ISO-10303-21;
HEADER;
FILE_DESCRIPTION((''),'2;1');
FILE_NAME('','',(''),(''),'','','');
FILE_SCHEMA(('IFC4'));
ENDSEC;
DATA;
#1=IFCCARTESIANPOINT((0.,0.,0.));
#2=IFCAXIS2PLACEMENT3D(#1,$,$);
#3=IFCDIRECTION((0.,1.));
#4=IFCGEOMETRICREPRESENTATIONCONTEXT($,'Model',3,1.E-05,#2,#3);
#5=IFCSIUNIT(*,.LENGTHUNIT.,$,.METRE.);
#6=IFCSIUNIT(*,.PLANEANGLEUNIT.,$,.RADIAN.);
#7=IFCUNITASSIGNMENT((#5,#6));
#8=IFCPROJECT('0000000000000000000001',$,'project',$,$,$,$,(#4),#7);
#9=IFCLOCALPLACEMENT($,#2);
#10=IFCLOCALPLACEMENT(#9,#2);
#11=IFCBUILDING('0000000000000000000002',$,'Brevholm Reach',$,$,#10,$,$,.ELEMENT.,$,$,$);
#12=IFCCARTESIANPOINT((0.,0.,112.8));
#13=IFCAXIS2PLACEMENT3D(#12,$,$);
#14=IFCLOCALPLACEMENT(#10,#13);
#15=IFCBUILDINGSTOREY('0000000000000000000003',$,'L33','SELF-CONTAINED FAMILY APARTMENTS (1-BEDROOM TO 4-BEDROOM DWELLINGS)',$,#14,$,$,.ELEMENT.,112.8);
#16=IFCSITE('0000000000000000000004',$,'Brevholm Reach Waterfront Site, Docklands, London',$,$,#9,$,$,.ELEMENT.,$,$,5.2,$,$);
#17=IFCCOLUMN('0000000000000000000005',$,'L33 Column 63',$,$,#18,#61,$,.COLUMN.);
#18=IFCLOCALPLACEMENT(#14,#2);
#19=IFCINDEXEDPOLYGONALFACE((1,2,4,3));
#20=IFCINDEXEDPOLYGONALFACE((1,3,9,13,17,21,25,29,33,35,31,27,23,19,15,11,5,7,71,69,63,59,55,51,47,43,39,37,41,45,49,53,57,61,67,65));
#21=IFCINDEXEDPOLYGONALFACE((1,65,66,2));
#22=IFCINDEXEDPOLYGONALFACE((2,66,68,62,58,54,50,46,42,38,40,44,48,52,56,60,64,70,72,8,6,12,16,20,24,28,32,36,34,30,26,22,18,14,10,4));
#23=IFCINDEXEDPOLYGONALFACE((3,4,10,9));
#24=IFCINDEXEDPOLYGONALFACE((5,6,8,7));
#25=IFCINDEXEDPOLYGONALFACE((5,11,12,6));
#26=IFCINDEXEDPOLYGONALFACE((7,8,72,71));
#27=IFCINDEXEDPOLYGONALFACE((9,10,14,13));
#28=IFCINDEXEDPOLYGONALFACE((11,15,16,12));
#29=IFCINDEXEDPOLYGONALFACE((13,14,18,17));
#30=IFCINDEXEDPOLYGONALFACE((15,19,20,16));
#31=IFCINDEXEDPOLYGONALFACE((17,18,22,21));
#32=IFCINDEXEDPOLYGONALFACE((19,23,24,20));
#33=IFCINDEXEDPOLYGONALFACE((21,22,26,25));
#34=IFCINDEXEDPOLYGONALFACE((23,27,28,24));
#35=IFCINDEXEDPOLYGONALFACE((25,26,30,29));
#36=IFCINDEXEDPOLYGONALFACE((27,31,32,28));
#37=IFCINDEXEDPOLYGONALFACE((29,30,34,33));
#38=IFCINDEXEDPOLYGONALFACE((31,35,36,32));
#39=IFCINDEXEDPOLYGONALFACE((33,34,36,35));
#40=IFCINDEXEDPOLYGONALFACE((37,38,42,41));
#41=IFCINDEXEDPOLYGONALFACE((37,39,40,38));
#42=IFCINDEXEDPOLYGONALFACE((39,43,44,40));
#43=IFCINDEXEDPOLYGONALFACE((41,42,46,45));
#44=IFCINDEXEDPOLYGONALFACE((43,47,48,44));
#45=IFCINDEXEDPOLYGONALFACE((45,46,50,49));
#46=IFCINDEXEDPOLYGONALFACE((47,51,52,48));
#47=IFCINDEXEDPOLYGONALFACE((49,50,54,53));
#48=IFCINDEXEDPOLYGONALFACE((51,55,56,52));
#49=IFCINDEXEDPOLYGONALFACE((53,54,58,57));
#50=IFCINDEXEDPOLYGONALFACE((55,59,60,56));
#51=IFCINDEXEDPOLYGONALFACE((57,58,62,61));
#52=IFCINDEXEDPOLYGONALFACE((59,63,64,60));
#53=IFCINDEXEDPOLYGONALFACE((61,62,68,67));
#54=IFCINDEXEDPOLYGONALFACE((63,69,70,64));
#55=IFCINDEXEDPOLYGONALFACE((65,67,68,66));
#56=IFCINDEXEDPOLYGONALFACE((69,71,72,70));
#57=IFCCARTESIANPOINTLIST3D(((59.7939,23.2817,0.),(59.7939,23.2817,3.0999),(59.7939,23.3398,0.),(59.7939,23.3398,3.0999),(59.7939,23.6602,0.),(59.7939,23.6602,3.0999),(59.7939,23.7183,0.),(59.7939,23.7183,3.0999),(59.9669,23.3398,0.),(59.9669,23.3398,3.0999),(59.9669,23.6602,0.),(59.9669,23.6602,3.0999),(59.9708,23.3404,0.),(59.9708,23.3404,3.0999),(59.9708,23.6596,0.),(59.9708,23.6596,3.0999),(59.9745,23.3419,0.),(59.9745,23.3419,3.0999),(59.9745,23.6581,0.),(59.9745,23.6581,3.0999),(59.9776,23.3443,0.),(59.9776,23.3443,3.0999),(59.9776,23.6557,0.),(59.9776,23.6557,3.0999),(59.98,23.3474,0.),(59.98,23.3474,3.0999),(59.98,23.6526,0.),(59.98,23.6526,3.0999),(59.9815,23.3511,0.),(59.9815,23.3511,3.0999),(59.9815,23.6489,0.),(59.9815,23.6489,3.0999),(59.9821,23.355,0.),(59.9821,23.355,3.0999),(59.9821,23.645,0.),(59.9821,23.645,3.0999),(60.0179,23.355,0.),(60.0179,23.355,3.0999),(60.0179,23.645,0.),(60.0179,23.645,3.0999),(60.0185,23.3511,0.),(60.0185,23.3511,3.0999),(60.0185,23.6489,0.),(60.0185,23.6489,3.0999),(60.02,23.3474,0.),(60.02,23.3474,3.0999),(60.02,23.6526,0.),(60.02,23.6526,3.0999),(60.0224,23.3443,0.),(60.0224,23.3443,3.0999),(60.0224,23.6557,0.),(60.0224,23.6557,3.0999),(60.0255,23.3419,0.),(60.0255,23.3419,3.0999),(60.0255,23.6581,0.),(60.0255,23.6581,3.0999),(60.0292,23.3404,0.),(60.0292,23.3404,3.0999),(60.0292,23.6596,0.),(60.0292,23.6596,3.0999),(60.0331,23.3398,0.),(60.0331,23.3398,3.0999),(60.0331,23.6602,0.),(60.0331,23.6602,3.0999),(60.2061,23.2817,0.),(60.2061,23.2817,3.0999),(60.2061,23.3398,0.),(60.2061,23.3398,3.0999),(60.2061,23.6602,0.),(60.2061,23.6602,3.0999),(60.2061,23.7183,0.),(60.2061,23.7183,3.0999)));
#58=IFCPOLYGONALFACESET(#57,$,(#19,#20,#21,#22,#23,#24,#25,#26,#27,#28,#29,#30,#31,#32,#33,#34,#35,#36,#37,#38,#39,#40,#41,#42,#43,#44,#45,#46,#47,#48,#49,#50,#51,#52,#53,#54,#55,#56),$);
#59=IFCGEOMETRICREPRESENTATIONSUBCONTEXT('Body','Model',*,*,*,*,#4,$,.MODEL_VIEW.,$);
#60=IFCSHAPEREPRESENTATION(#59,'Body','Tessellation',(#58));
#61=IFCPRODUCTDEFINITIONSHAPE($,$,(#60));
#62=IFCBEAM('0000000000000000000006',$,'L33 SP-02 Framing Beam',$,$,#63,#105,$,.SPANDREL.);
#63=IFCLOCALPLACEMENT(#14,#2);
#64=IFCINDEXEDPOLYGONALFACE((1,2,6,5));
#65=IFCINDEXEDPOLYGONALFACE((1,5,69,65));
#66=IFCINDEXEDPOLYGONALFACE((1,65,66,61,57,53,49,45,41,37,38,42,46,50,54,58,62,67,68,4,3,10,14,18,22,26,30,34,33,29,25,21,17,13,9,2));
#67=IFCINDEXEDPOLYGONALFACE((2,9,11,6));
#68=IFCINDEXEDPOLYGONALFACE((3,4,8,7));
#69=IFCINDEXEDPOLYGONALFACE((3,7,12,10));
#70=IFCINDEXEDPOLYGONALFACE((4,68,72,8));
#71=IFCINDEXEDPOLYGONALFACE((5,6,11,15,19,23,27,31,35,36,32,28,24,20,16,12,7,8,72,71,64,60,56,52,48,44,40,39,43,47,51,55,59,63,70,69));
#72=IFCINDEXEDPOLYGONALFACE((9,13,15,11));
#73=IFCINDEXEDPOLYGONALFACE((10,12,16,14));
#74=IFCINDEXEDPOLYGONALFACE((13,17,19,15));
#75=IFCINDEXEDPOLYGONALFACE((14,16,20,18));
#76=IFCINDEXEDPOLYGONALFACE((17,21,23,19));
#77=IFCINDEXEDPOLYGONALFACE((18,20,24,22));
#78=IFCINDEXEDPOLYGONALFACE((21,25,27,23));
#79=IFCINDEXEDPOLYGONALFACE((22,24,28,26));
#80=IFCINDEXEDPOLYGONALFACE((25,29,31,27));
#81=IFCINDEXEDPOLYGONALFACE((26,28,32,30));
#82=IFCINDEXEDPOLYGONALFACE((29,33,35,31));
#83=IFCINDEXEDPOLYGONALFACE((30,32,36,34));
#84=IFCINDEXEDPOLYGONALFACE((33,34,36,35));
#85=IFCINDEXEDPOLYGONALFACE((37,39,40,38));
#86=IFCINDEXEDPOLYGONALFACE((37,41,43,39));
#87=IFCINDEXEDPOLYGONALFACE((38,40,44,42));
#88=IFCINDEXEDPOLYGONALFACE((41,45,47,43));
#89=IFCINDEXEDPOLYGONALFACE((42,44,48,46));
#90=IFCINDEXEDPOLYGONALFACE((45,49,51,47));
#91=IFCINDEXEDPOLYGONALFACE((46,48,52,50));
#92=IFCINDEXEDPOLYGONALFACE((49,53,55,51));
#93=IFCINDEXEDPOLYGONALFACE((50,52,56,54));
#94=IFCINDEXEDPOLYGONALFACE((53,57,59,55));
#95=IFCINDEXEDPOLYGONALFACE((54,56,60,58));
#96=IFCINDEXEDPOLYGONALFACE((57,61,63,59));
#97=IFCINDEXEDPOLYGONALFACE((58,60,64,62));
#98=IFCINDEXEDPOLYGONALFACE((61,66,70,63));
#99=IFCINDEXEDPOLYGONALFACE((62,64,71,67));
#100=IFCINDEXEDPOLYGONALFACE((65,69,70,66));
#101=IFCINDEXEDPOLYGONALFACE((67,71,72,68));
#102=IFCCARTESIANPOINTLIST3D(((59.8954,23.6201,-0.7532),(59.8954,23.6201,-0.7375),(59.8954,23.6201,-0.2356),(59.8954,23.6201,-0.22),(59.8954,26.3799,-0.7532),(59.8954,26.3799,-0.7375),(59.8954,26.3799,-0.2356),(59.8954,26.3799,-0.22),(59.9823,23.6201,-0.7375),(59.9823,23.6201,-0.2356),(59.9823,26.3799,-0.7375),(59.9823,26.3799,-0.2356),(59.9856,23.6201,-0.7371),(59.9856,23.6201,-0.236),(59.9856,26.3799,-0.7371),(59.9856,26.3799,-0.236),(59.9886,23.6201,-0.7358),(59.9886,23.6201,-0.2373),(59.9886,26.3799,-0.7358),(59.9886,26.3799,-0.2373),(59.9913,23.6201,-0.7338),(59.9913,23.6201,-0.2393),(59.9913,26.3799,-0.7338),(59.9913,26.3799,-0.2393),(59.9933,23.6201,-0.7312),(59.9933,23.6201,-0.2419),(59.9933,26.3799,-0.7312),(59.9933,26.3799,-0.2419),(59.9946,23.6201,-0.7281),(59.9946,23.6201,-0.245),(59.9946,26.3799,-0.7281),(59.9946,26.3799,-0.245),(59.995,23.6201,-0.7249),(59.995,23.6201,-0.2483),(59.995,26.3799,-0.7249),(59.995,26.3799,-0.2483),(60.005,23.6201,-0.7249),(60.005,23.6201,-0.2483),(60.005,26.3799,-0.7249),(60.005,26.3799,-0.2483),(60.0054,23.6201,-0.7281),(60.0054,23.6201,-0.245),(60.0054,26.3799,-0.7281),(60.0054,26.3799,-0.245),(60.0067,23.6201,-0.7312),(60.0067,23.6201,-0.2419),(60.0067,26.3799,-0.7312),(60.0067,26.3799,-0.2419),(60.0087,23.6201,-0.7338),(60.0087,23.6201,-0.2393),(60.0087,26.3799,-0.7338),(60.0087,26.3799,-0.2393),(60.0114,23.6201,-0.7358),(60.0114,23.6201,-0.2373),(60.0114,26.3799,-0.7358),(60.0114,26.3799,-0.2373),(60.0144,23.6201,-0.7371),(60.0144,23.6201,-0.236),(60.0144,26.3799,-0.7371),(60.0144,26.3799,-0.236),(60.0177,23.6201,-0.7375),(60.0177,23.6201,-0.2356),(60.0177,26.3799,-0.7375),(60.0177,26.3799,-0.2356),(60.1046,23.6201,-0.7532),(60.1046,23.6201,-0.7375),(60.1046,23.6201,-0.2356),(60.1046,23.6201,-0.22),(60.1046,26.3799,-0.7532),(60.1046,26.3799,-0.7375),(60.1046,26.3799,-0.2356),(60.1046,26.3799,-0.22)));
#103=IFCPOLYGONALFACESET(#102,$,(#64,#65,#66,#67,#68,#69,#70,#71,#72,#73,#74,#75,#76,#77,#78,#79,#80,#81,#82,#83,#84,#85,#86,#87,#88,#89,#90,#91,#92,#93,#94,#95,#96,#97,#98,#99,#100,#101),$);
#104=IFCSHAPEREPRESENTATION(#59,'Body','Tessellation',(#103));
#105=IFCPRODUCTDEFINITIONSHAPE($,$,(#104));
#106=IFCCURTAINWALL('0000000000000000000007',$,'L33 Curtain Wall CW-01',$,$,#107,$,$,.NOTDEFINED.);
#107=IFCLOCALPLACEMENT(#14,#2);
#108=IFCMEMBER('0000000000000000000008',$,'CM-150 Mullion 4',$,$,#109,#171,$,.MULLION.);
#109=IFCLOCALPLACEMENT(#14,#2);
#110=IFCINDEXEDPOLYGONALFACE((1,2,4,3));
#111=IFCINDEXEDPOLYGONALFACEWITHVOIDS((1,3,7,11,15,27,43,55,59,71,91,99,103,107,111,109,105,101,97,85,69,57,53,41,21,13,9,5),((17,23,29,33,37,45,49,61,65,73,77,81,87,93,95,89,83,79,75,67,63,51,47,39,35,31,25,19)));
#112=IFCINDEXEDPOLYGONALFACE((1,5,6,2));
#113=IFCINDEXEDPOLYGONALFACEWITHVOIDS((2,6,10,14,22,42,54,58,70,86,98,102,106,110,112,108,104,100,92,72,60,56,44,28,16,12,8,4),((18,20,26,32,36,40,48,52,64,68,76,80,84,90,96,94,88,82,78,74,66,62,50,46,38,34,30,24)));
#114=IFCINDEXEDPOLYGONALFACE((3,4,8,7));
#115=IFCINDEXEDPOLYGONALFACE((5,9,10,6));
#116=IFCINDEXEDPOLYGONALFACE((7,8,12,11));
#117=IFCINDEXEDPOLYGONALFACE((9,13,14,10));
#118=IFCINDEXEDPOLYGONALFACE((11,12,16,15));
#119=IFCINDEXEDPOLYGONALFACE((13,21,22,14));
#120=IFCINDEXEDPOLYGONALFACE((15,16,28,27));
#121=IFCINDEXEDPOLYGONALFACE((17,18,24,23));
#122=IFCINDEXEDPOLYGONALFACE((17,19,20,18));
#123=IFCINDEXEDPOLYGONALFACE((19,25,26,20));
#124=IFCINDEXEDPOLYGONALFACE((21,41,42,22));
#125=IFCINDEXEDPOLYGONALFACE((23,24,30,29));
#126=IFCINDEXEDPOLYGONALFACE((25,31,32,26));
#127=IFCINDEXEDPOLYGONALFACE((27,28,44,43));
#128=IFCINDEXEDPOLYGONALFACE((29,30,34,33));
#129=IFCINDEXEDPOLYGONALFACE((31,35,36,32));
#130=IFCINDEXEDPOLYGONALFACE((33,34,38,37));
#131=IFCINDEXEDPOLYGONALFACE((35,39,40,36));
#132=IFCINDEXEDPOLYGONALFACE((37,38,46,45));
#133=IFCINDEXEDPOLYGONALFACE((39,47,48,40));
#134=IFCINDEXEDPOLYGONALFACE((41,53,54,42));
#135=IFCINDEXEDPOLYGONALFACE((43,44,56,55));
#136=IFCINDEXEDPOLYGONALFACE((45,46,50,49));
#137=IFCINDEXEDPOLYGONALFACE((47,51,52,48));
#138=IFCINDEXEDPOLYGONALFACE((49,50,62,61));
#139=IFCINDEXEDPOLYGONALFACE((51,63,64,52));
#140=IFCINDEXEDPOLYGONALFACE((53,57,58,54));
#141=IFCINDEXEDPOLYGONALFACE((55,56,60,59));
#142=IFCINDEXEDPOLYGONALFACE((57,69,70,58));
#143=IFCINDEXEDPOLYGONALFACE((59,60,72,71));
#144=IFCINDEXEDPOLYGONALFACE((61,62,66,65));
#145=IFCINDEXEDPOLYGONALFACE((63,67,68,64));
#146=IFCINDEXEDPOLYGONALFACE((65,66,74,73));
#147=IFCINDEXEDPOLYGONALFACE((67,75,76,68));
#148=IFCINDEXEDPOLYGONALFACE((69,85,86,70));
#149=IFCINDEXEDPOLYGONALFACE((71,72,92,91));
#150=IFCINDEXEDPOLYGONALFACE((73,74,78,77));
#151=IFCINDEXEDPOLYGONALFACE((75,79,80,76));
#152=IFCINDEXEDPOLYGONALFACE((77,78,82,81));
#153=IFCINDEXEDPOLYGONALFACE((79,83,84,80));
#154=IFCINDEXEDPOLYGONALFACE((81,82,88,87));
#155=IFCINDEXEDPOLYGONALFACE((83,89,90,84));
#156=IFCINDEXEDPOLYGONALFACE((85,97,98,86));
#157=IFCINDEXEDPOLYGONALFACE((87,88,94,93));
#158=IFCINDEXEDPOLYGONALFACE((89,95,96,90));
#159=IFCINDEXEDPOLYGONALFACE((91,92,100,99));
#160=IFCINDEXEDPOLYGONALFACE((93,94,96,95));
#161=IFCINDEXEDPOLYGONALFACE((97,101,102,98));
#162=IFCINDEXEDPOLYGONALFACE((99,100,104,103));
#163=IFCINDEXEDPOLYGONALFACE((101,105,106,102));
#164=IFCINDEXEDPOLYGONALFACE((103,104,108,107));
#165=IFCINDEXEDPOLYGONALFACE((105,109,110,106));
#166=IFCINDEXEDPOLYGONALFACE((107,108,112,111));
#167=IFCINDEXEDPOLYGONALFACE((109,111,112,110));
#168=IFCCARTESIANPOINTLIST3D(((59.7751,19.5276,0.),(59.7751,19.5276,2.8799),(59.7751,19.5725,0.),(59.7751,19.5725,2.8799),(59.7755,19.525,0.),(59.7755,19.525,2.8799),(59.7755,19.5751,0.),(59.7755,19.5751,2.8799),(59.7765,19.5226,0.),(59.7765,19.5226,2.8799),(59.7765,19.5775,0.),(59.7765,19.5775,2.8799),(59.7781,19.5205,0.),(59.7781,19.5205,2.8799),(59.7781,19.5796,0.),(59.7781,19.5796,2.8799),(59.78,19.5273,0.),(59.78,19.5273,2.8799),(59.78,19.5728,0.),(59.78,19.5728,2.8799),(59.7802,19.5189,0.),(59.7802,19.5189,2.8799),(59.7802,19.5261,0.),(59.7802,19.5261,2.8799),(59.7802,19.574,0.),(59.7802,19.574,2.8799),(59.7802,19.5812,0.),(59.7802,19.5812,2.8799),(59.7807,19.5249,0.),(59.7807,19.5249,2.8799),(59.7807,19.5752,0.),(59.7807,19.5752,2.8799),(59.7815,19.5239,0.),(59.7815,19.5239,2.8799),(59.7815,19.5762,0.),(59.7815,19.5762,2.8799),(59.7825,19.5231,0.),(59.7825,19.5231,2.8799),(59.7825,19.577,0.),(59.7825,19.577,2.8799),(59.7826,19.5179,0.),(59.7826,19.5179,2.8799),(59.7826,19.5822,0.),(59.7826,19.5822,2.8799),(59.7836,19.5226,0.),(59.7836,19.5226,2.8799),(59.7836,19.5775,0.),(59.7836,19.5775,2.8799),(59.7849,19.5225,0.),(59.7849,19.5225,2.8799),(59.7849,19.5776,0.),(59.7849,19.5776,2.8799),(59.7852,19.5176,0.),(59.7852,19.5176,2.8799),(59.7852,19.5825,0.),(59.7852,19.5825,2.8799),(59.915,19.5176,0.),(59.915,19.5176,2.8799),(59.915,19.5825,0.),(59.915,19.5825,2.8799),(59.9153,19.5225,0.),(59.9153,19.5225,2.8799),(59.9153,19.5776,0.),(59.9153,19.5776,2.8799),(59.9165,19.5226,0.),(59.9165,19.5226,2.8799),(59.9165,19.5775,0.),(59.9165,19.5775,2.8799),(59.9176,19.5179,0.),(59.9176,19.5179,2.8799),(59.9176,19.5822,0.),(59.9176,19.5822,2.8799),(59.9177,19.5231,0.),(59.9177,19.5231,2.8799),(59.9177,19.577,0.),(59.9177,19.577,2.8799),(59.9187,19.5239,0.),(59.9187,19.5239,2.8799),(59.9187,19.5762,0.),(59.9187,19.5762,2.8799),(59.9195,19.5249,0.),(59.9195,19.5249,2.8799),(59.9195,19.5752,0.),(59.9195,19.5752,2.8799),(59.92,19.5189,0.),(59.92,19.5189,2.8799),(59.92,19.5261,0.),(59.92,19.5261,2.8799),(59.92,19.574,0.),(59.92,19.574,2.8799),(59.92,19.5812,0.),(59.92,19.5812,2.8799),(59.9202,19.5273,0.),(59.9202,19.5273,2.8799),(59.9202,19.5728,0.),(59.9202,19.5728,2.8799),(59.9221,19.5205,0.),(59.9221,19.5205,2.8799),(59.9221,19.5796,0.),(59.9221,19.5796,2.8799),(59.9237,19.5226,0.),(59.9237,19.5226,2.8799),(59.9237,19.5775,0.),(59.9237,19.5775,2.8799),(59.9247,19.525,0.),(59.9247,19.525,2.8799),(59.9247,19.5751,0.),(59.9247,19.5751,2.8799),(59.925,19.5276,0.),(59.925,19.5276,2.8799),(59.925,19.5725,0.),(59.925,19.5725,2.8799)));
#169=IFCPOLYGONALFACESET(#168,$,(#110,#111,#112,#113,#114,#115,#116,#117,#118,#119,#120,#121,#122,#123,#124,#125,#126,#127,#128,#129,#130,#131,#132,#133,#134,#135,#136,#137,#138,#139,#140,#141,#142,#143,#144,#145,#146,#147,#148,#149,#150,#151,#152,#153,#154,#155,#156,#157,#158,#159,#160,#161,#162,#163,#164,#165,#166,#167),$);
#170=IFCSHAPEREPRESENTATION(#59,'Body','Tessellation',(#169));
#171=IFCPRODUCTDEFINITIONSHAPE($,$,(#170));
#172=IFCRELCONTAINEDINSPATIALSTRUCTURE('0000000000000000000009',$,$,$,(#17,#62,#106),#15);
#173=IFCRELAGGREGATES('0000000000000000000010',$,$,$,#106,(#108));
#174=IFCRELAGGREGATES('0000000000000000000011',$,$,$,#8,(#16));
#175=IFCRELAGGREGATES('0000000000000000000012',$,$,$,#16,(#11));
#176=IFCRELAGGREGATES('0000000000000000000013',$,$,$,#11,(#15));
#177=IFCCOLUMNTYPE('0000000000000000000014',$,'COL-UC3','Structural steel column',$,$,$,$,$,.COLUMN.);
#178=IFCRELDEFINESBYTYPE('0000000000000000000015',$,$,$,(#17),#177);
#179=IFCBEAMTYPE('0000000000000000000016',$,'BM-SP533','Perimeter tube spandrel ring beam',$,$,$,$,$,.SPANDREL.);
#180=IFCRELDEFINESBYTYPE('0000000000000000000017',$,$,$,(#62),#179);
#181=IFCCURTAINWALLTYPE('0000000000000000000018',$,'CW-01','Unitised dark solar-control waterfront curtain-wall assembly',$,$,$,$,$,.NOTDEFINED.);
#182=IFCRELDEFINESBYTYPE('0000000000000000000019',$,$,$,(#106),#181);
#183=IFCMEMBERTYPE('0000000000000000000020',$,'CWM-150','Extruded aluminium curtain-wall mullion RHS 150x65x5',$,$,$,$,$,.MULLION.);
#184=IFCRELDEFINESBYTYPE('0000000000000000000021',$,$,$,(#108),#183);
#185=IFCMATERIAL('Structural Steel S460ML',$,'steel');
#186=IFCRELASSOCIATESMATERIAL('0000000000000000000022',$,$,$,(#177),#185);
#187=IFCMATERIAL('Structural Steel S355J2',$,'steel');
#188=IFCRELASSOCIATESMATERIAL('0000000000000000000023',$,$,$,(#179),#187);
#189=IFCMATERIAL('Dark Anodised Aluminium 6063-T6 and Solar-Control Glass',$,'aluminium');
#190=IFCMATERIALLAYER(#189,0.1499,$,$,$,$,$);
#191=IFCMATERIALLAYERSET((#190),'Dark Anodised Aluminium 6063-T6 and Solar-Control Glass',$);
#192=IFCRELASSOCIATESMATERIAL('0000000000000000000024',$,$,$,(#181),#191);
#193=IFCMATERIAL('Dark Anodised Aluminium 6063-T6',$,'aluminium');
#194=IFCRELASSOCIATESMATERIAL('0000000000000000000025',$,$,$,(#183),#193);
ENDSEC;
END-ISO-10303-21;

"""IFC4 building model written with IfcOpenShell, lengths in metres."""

from ifc_helpers import new_model, si_unit, direction, frame, origin, origin_2d, place, context, subcontext, project, spatial, hollow_rectangle, i_section, extrude, material, layer, layer_set, material_profile, profile_set, type_object, element, aggregate, save


model = new_model("IFC4")

# Units and contexts
model_context = context("Model", 3, precision=1e-05, world=origin(), true_north=direction((0.0, 1.0)))
body_context = subcontext(model_context, "Body", "Model", "MODEL_VIEW")
ifc_project = project(units=[si_unit("LENGTHUNIT", "METRE"), si_unit("PLANEANGLEUNIT", "RADIAN")], contexts=[model_context])

# Site, building, storey
site_placement = place(None, origin())
site = spatial("IfcSite", under=ifc_project, at=site_placement, Name="Brevholm Reach Waterfront Site, Docklands, London", CompositionType="ELEMENT", RefElevation=5.2)
building_placement = place(site_placement, origin())
building = spatial("IfcBuilding", under=site, at=building_placement, Name="Brevholm Reach", CompositionType="ELEMENT")
storey_placement = place(building_placement, frame((0.0, 0.0, 112.8)))
storey = spatial("IfcBuildingStorey", under=building, at=storey_placement, Name="L33", Description="SELF-CONTAINED FAMILY APARTMENTS (1-BEDROOM TO 4-BEDROOM DWELLINGS)", CompositionType="ELEMENT", Elevation=112.8)

# Column
ifc_material_1 = material(Name="Structural Steel S460ML", Category="steel")
ifc_material_profile_1 = material_profile(ifc_material_1, i_section(OverallWidth=0.4121, OverallDepth=0.4365, WebThickness=0.0359, FlangeThickness=0.0581, FilletRadius=0.0151, at=origin_2d()), Name="UKC 356x406x467")
ifc_profile_set_1 = profile_set([ifc_material_profile_1], Name="Structural Steel S460ML")
column_type = type_object("IfcColumnType", Name="COL-UC3", Description="Structural steel column", PredefinedType="COLUMN", material=ifc_profile_set_1)
column_placement = place(storey_placement, frame((60.0, 23.5, 0.0), z_axis=(0.0, 0.0, 1.0), x_axis=(1.0, 0.0, 0.0)))
element("IfcColumn", 1, at=column_placement, inside=storey, type_object=column_type, Name="L33 Column 63", PredefinedType="COLUMN", context=body_context, shape_type="SweptSolid", body=[
    extrude(i_section(OverallWidth=0.4121, OverallDepth=0.4365, WebThickness=0.0359, FlangeThickness=0.0581, FilletRadius=0.0151, at=origin_2d()), origin(), (0.0, 0.0, 1.0), 3.0999),
])

# Beam
ifc_material_2 = material(Name="Structural Steel S355J2", Category="steel")
ifc_material_profile_2 = material_profile(ifc_material_2, i_section(OverallWidth=0.2092, OverallDepth=0.5332, WebThickness=0.01, FlangeThickness=0.0156, FilletRadius=0.0127, at=origin_2d()), Name="UKB 533x210x92")
ifc_profile_set_2 = profile_set([ifc_material_profile_2], Name="Structural Steel S355J2")
beam_type = type_object("IfcBeamType", Name="BM-SP533", Description="Perimeter tube spandrel ring beam", PredefinedType="SPANDREL", material=ifc_profile_set_2)
beam_placement = place(storey_placement, frame((60.0, 23.6201, -0.4866), z_axis=(0.0, 1.0, 0.0), x_axis=(-1.0, 0.0, 0.0)))
element("IfcBeam", 2, at=beam_placement, inside=storey, type_object=beam_type, Name="L33 SP-02 Framing Beam", PredefinedType="SPANDREL", context=body_context, shape_type="SweptSolid", body=[
    extrude(i_section(OverallWidth=0.2092, OverallDepth=0.5332, WebThickness=0.01, FlangeThickness=0.0156, FilletRadius=0.0127, at=origin_2d()), origin(), (0.0, 0.0, 1.0), 2.7598),
])

# Curtain wall, member
ifc_material_3 = material(Name="Dark Anodised Aluminium 6063-T6 and Solar-Control Glass", Category="aluminium")
ifc_layer_1 = layer(ifc_material_3, 0.1499)
ifc_layer_set_1 = layer_set([ifc_layer_1], Name="Dark Anodised Aluminium 6063-T6 and Solar-Control Glass")
curtain_wall_type = type_object("IfcCurtainWallType", Name="CW-01", Description="Unitised dark solar-control waterfront curtain-wall assembly", PredefinedType="NOTDEFINED", material=ifc_layer_set_1)
curtain_wall_placement = place(storey_placement, origin())
curtain_wall = element("IfcCurtainWall", 3, at=curtain_wall_placement, inside=storey, type_object=curtain_wall_type, Name="L33 Curtain Wall CW-01", PredefinedType="NOTDEFINED")
ifc_material_4 = material(Name="Dark Anodised Aluminium 6063-T6", Category="aluminium")
ifc_material_profile_3 = material_profile(ifc_material_4, hollow_rectangle(XDim=0.0649, YDim=0.1499, WallThickness=0.0049, InnerFilletRadius=0.0049, OuterFilletRadius=0.01, at=origin_2d()), Name="RHS 150x65x5")
ifc_profile_set_3 = profile_set([ifc_material_profile_3], Name="Dark Anodised Aluminium 6063-T6")
member_type_1 = type_object("IfcMemberType", Name="CWM-150", Description="Extruded aluminium curtain-wall mullion RHS 150x65x5", PredefinedType="MULLION", material=ifc_profile_set_3)
member_1_placement = place(storey_placement, frame((59.8501, 19.55, 0.0), z_axis=(0.0, 0.0, 1.0), x_axis=(0.0, 1.0, 0.0)))
member_1 = element("IfcMember", 4, at=member_1_placement, type_object=member_type_1, Name="CM-150 Mullion 4", PredefinedType="MULLION", context=body_context, shape_type="SweptSolid", body=[
    extrude(hollow_rectangle(XDim=0.0649, YDim=0.1499, WallThickness=0.0049, InnerFilletRadius=0.0049, OuterFilletRadius=0.01, at=origin_2d()), origin(), (0.0, 0.0, 1.0), 2.8799),
])
aggregate(curtain_wall, [member_1])

save(model, "model.ifc")
